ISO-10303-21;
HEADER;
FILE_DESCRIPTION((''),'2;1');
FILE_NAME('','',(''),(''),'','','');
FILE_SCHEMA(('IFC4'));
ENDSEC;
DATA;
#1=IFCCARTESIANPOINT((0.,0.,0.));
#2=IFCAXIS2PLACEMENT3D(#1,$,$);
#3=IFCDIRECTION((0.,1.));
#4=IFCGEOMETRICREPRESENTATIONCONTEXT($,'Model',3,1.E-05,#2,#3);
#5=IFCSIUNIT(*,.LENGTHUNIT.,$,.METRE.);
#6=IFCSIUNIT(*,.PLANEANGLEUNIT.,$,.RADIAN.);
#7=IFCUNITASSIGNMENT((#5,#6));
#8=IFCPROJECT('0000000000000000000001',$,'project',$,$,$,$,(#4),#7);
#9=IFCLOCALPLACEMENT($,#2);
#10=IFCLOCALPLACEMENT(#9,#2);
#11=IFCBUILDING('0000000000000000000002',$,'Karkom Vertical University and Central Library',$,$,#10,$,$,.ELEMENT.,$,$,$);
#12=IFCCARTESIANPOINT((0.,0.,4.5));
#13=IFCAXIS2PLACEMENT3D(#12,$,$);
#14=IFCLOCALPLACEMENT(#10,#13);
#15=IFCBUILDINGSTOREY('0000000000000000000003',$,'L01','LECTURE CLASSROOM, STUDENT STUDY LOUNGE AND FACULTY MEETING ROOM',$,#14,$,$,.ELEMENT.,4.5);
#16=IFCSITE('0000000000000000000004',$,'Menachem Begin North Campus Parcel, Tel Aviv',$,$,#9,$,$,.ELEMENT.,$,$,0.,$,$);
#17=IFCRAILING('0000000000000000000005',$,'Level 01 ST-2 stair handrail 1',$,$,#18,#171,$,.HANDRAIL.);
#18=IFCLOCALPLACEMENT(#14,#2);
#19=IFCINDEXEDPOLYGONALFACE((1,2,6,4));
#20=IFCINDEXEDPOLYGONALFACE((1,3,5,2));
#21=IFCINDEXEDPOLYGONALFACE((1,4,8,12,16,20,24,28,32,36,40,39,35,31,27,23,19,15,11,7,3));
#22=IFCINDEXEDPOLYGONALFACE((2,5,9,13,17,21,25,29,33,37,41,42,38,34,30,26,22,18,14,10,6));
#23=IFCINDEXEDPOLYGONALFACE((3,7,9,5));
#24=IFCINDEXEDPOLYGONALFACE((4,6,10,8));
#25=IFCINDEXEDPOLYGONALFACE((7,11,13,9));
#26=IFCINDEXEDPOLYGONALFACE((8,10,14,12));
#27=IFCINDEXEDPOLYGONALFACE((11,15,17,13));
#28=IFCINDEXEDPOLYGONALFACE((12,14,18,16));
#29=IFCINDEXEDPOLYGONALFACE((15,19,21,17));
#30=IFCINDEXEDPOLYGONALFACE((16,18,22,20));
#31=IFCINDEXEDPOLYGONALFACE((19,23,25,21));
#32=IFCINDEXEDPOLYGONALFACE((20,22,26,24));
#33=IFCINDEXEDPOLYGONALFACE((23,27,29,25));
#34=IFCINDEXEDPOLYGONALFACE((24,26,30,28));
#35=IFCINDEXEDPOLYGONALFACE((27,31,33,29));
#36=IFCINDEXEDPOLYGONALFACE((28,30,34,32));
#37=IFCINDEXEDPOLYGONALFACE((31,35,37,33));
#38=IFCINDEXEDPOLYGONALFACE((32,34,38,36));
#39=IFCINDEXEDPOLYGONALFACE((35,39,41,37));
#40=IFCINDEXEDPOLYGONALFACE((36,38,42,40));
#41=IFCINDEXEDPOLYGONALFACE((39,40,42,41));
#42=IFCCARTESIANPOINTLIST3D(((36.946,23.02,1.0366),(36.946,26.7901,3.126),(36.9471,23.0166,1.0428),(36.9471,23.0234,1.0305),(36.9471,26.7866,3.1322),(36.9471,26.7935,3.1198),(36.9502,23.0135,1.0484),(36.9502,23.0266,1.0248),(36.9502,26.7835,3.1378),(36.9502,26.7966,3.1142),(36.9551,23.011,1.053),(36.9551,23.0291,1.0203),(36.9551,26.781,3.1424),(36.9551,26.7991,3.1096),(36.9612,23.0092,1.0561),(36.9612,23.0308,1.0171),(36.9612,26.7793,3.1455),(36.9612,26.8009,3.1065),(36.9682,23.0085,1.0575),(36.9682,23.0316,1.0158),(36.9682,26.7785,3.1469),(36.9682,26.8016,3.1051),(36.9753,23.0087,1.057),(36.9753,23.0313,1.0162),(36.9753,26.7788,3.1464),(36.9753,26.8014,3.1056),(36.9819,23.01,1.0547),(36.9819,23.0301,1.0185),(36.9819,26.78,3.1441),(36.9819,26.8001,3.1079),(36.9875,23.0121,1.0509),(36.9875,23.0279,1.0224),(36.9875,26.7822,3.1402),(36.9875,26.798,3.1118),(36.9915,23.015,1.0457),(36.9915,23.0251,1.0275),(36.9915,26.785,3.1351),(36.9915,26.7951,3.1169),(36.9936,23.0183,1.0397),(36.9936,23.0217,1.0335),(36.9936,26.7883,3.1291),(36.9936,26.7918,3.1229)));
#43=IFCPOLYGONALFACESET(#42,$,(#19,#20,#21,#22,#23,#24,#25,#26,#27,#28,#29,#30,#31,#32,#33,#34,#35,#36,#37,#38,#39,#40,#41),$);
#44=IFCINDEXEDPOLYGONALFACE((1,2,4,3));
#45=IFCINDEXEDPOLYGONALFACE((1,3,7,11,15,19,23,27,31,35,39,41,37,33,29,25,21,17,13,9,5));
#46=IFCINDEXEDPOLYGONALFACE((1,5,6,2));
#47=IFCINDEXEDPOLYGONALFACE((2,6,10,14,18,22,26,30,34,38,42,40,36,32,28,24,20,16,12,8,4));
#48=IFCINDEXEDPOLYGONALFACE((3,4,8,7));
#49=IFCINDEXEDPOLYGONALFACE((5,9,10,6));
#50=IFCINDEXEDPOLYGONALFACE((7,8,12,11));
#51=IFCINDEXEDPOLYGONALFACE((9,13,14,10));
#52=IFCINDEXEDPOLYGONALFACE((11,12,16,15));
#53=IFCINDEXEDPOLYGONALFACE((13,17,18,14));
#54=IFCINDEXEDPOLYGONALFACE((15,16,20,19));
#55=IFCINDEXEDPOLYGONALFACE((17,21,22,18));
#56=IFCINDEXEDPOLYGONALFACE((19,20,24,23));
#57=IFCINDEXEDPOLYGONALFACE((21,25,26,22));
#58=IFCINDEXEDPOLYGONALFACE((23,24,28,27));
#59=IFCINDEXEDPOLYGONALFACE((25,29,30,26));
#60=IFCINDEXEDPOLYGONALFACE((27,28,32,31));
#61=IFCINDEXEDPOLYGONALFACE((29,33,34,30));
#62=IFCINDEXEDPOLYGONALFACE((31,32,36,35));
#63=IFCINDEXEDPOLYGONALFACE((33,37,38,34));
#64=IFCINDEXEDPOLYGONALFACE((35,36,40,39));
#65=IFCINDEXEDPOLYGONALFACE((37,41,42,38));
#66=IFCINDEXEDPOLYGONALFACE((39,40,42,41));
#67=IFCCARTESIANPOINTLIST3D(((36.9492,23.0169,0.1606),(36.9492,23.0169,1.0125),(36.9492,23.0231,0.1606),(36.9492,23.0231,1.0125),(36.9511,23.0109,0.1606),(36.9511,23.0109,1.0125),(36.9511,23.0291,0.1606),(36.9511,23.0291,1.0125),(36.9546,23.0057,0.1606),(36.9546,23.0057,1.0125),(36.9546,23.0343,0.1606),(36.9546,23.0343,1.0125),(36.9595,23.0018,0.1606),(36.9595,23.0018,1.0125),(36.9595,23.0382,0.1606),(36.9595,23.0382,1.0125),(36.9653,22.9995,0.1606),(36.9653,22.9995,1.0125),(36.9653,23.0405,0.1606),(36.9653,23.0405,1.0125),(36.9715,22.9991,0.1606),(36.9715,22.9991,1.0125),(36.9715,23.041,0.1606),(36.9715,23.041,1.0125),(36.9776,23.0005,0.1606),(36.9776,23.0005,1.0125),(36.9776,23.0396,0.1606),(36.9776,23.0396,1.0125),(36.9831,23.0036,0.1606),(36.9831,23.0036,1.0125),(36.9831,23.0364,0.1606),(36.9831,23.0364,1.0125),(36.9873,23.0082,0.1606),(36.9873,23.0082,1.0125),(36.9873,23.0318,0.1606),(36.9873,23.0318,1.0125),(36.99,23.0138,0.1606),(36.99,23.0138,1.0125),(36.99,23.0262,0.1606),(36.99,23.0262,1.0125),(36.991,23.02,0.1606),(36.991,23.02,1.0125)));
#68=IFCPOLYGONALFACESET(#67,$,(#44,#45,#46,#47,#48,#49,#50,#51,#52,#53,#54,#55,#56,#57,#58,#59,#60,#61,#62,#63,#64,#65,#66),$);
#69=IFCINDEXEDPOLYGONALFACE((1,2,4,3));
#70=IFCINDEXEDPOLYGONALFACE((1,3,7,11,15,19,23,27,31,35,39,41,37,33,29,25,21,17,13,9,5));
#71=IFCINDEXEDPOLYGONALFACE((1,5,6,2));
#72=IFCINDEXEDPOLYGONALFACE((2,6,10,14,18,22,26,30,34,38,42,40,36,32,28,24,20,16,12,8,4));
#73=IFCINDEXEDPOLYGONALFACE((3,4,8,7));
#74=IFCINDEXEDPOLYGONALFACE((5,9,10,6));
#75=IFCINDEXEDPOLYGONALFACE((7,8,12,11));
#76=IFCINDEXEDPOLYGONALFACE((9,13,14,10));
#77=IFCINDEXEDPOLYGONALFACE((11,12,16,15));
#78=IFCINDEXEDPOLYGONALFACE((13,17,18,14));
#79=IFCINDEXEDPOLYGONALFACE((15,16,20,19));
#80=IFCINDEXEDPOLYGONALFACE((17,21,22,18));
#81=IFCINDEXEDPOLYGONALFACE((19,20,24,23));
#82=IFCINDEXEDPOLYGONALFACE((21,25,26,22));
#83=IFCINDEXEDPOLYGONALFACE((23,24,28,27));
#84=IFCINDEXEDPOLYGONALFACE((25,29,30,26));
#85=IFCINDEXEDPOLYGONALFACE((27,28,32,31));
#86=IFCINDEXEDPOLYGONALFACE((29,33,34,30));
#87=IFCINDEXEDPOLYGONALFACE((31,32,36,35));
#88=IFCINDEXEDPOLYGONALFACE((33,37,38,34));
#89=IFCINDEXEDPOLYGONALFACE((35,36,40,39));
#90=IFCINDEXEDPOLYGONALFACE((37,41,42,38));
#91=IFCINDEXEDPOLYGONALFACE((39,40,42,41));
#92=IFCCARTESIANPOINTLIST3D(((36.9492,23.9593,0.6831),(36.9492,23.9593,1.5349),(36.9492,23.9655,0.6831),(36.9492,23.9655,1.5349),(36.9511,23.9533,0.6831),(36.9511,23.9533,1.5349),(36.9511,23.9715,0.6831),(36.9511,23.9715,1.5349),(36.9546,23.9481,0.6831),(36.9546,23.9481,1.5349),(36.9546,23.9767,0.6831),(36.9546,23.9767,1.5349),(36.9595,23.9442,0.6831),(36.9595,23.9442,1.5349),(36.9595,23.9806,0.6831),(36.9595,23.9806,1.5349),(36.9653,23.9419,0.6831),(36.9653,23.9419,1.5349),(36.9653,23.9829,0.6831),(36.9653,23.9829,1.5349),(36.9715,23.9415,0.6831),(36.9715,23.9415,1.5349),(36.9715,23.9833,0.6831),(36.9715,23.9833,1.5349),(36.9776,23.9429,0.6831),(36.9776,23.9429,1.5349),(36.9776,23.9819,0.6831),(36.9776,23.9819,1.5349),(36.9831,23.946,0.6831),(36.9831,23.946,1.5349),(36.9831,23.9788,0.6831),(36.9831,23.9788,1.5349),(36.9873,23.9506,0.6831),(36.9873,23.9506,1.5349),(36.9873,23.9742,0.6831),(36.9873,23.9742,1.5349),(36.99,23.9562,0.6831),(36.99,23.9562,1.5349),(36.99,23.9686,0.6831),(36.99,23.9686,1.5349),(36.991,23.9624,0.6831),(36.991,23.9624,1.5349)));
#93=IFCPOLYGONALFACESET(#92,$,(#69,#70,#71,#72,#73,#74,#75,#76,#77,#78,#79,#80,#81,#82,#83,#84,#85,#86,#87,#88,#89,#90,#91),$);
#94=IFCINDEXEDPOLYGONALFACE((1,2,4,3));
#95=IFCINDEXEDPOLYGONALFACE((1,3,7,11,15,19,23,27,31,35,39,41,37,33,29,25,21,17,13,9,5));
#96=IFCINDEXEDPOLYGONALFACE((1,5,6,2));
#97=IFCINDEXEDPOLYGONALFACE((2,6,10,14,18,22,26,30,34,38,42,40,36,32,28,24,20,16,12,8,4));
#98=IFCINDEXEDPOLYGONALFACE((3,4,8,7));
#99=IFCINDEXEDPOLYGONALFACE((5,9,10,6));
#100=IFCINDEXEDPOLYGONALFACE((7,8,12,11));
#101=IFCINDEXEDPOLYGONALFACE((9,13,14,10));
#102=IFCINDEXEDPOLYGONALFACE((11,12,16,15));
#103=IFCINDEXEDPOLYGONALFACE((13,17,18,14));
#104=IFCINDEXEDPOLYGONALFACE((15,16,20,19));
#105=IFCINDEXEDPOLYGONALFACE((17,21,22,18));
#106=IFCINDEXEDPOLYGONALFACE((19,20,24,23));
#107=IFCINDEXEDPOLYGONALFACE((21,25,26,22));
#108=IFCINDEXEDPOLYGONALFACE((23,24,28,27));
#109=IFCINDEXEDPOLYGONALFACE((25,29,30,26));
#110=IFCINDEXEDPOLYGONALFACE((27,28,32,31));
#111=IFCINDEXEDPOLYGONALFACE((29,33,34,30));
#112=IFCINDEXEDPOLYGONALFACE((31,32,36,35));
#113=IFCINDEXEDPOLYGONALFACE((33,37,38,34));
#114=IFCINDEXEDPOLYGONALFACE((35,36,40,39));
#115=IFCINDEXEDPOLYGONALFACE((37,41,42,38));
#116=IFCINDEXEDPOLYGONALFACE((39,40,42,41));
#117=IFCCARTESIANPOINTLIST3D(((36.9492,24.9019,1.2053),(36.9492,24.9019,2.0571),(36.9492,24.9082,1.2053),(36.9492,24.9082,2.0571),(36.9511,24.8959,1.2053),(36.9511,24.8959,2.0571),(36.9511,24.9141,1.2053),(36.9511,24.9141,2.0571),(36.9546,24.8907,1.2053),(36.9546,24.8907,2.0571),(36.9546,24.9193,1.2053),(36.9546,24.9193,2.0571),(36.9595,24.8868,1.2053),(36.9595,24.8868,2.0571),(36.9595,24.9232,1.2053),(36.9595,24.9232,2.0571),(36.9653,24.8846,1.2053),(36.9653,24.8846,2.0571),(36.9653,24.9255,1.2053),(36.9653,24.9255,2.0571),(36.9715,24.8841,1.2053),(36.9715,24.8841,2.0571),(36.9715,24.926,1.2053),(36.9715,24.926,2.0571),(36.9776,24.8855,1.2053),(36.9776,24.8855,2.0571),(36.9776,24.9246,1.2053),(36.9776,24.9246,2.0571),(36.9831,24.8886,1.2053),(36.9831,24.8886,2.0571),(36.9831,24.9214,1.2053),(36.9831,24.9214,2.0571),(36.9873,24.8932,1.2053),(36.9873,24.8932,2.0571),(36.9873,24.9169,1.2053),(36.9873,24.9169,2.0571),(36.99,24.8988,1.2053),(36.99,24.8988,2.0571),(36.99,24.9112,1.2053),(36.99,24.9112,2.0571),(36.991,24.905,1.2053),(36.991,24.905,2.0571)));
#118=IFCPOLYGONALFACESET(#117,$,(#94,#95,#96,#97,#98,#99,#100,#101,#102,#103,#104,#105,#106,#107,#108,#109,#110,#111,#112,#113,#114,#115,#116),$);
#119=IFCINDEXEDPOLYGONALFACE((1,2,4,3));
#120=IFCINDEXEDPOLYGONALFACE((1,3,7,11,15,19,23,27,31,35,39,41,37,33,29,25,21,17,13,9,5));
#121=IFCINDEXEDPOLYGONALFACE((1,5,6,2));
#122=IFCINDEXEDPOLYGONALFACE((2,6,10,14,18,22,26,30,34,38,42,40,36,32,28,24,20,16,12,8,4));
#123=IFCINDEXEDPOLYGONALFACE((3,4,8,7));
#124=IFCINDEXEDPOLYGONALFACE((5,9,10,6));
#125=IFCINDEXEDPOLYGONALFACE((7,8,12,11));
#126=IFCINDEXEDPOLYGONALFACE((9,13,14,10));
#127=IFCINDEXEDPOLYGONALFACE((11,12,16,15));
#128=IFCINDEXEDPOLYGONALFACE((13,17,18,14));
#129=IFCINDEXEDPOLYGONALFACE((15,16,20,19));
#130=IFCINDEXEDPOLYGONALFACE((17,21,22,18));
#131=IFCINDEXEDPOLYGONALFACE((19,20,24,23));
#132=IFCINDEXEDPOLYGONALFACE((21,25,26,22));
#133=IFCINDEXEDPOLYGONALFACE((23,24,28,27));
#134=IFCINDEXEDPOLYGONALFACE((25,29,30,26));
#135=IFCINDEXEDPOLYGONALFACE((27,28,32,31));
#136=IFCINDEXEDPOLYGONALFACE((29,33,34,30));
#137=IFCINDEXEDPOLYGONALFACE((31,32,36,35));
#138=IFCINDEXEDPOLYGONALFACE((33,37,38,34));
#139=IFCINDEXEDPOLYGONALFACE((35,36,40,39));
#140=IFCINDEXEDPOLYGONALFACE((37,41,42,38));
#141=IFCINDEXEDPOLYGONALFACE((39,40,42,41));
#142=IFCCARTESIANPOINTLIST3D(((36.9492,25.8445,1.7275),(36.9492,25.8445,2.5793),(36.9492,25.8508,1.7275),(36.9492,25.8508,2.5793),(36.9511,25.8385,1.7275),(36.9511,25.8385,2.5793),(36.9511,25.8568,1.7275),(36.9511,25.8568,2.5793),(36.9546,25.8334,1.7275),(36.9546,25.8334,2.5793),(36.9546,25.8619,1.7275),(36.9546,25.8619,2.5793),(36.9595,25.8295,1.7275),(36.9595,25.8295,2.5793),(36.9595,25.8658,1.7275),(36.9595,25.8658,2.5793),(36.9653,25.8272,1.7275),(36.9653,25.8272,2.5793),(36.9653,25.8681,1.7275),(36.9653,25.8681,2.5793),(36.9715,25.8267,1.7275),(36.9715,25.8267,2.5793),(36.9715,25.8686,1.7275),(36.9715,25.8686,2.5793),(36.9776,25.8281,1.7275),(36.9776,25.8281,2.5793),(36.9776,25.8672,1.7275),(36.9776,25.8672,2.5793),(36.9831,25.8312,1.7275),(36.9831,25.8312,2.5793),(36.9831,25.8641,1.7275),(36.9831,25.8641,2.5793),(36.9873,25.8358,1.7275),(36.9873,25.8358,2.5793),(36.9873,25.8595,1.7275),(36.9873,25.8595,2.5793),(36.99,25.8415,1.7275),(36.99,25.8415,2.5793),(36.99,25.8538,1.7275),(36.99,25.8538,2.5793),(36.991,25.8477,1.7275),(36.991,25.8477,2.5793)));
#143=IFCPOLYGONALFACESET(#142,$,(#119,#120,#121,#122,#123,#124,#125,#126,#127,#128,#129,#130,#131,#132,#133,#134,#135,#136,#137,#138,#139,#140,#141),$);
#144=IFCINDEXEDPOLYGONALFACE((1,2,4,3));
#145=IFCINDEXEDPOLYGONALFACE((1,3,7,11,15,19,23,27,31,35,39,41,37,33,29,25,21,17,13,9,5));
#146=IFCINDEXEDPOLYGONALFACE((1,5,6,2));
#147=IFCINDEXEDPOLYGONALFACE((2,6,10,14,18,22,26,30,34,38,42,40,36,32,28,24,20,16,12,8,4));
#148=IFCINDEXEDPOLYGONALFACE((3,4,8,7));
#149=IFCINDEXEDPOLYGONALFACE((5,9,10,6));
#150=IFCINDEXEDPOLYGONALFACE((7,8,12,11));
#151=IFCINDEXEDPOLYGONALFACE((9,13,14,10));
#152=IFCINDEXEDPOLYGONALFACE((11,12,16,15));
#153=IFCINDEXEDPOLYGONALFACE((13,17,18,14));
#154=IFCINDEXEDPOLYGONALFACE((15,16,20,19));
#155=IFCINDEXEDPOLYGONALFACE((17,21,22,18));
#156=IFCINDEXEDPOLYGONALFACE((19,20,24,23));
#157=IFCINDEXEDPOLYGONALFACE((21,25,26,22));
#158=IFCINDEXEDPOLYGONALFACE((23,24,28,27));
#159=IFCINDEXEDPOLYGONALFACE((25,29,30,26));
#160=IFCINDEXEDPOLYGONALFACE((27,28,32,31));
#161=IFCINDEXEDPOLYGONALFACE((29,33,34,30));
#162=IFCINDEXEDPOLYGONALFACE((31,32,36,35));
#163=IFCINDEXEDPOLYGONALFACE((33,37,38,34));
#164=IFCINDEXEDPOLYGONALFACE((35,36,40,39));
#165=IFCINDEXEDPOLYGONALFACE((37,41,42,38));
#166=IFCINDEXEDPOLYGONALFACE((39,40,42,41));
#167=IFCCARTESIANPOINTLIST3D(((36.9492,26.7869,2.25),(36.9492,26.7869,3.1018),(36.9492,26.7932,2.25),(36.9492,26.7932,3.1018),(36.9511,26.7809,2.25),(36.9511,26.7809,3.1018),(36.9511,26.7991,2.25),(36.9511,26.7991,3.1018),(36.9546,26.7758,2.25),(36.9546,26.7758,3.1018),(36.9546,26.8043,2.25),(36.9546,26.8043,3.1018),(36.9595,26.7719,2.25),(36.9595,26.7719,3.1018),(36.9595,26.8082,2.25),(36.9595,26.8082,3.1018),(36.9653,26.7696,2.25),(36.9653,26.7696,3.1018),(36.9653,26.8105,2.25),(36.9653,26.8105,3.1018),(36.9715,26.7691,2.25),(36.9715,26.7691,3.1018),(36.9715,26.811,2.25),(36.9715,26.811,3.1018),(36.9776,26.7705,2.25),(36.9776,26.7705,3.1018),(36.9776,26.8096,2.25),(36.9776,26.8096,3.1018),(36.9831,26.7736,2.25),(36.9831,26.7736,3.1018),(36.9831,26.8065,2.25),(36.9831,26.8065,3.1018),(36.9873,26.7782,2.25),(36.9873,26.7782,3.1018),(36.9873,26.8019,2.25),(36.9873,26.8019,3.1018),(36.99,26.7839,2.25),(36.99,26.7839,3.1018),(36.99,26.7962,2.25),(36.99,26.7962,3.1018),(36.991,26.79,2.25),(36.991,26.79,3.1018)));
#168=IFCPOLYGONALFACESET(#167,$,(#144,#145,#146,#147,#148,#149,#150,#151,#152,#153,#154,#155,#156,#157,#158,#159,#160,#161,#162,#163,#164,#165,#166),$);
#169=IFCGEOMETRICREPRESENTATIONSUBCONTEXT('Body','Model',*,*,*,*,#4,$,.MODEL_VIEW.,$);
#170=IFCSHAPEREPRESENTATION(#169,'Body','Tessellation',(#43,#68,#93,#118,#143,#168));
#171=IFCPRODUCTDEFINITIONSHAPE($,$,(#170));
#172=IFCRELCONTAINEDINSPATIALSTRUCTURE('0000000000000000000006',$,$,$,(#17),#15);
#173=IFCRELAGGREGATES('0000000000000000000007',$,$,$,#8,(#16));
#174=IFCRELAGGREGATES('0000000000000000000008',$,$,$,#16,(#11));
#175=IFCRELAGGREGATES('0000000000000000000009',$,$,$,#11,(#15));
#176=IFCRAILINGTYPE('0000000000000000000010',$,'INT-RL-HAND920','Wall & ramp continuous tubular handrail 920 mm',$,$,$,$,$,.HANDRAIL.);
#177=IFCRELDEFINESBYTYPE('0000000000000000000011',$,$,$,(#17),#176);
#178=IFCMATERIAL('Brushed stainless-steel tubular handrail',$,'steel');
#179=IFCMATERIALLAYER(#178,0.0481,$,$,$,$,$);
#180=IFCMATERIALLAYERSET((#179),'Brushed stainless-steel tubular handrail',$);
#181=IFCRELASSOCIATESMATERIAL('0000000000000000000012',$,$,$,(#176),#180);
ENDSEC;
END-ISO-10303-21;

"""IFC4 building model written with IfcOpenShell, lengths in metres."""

from ifc_helpers import new_model, si_unit, direction, frame, origin, origin_2d, place, context, subcontext, project, spatial, circle, extrude, material, layer, layer_set, type_object, element, save


model = new_model("IFC4")

# Units and contexts
model_context = context("Model", 3, precision=1e-05, world=origin(), true_north=direction((0.0, 1.0)))
body_context = subcontext(model_context, "Body", "Model", "MODEL_VIEW")
ifc_project = project(units=[si_unit("LENGTHUNIT", "METRE"), si_unit("PLANEANGLEUNIT", "RADIAN")], contexts=[model_context])

# Site, building, storey
site_placement = place(None, origin())
site = spatial("IfcSite", under=ifc_project, at=site_placement, Name="Menachem Begin North Campus Parcel, Tel Aviv", CompositionType="ELEMENT", RefElevation=0.0)
building_placement = place(site_placement, origin())
building = spatial("IfcBuilding", under=site, at=building_placement, Name="Karkom Vertical University and Central Library", CompositionType="ELEMENT")
storey_placement = place(building_placement, frame((0.0, 0.0, 4.5)))
storey = spatial("IfcBuildingStorey", under=building, at=storey_placement, Name="L01", Description="LECTURE CLASSROOM, STUDENT STUDY LOUNGE AND FACULTY MEETING ROOM", CompositionType="ELEMENT", Elevation=4.5)

# Railing
ifc_material_1 = material(Name="Brushed stainless-steel tubular handrail", Category="steel")
ifc_layer_1 = layer(ifc_material_1, 0.0481)
ifc_layer_set_1 = layer_set([ifc_layer_1], Name="Brushed stainless-steel tubular handrail")
railing_type_1 = type_object("IfcRailingType", Name="INT-RL-HAND920", Description="Wall & ramp continuous tubular handrail 920 mm", PredefinedType="HANDRAIL", material=ifc_layer_set_1)
railing_1_placement = place(storey_placement, frame((36.97, 23.02, 0.1606)))
element("IfcRailing", 1, at=railing_1_placement, inside=storey, type_object=railing_type_1, Name="Level 01 ST-2 stair handrail 1", PredefinedType="HANDRAIL", context=body_context, shape_type="SweptSolid", body=[
    extrude(circle(Radius=0.0239, at=origin_2d()), frame((0.0, 0.0, 0.876), z_axis=(0.0, 0.874659, 0.484739), x_axis=(-1.0, 0.0, 0.0)), (0.0, 0.0, 1.0), 4.3103),
    extrude(circle(Radius=0.021, at=origin_2d()), origin(), (0.0, 0.0, 1.0), 0.8518),
    extrude(circle(Radius=0.021, at=origin_2d()), frame((0.0, 0.9424, 0.5225)), (0.0, 0.0, 1.0), 0.8518),
    extrude(circle(Radius=0.021, at=origin_2d()), frame((0.0, 1.885, 1.0447)), (0.0, 0.0, 1.0), 0.8518),
    extrude(circle(Radius=0.021, at=origin_2d()), frame((0.0, 2.8276, 1.5669)), (0.0, 0.0, 1.0), 0.8518),
    extrude(circle(Radius=0.021, at=origin_2d()), frame((0.0, 3.77, 2.0894)), (0.0, 0.0, 1.0), 0.8518),
])

save(model, "model.ifc")
